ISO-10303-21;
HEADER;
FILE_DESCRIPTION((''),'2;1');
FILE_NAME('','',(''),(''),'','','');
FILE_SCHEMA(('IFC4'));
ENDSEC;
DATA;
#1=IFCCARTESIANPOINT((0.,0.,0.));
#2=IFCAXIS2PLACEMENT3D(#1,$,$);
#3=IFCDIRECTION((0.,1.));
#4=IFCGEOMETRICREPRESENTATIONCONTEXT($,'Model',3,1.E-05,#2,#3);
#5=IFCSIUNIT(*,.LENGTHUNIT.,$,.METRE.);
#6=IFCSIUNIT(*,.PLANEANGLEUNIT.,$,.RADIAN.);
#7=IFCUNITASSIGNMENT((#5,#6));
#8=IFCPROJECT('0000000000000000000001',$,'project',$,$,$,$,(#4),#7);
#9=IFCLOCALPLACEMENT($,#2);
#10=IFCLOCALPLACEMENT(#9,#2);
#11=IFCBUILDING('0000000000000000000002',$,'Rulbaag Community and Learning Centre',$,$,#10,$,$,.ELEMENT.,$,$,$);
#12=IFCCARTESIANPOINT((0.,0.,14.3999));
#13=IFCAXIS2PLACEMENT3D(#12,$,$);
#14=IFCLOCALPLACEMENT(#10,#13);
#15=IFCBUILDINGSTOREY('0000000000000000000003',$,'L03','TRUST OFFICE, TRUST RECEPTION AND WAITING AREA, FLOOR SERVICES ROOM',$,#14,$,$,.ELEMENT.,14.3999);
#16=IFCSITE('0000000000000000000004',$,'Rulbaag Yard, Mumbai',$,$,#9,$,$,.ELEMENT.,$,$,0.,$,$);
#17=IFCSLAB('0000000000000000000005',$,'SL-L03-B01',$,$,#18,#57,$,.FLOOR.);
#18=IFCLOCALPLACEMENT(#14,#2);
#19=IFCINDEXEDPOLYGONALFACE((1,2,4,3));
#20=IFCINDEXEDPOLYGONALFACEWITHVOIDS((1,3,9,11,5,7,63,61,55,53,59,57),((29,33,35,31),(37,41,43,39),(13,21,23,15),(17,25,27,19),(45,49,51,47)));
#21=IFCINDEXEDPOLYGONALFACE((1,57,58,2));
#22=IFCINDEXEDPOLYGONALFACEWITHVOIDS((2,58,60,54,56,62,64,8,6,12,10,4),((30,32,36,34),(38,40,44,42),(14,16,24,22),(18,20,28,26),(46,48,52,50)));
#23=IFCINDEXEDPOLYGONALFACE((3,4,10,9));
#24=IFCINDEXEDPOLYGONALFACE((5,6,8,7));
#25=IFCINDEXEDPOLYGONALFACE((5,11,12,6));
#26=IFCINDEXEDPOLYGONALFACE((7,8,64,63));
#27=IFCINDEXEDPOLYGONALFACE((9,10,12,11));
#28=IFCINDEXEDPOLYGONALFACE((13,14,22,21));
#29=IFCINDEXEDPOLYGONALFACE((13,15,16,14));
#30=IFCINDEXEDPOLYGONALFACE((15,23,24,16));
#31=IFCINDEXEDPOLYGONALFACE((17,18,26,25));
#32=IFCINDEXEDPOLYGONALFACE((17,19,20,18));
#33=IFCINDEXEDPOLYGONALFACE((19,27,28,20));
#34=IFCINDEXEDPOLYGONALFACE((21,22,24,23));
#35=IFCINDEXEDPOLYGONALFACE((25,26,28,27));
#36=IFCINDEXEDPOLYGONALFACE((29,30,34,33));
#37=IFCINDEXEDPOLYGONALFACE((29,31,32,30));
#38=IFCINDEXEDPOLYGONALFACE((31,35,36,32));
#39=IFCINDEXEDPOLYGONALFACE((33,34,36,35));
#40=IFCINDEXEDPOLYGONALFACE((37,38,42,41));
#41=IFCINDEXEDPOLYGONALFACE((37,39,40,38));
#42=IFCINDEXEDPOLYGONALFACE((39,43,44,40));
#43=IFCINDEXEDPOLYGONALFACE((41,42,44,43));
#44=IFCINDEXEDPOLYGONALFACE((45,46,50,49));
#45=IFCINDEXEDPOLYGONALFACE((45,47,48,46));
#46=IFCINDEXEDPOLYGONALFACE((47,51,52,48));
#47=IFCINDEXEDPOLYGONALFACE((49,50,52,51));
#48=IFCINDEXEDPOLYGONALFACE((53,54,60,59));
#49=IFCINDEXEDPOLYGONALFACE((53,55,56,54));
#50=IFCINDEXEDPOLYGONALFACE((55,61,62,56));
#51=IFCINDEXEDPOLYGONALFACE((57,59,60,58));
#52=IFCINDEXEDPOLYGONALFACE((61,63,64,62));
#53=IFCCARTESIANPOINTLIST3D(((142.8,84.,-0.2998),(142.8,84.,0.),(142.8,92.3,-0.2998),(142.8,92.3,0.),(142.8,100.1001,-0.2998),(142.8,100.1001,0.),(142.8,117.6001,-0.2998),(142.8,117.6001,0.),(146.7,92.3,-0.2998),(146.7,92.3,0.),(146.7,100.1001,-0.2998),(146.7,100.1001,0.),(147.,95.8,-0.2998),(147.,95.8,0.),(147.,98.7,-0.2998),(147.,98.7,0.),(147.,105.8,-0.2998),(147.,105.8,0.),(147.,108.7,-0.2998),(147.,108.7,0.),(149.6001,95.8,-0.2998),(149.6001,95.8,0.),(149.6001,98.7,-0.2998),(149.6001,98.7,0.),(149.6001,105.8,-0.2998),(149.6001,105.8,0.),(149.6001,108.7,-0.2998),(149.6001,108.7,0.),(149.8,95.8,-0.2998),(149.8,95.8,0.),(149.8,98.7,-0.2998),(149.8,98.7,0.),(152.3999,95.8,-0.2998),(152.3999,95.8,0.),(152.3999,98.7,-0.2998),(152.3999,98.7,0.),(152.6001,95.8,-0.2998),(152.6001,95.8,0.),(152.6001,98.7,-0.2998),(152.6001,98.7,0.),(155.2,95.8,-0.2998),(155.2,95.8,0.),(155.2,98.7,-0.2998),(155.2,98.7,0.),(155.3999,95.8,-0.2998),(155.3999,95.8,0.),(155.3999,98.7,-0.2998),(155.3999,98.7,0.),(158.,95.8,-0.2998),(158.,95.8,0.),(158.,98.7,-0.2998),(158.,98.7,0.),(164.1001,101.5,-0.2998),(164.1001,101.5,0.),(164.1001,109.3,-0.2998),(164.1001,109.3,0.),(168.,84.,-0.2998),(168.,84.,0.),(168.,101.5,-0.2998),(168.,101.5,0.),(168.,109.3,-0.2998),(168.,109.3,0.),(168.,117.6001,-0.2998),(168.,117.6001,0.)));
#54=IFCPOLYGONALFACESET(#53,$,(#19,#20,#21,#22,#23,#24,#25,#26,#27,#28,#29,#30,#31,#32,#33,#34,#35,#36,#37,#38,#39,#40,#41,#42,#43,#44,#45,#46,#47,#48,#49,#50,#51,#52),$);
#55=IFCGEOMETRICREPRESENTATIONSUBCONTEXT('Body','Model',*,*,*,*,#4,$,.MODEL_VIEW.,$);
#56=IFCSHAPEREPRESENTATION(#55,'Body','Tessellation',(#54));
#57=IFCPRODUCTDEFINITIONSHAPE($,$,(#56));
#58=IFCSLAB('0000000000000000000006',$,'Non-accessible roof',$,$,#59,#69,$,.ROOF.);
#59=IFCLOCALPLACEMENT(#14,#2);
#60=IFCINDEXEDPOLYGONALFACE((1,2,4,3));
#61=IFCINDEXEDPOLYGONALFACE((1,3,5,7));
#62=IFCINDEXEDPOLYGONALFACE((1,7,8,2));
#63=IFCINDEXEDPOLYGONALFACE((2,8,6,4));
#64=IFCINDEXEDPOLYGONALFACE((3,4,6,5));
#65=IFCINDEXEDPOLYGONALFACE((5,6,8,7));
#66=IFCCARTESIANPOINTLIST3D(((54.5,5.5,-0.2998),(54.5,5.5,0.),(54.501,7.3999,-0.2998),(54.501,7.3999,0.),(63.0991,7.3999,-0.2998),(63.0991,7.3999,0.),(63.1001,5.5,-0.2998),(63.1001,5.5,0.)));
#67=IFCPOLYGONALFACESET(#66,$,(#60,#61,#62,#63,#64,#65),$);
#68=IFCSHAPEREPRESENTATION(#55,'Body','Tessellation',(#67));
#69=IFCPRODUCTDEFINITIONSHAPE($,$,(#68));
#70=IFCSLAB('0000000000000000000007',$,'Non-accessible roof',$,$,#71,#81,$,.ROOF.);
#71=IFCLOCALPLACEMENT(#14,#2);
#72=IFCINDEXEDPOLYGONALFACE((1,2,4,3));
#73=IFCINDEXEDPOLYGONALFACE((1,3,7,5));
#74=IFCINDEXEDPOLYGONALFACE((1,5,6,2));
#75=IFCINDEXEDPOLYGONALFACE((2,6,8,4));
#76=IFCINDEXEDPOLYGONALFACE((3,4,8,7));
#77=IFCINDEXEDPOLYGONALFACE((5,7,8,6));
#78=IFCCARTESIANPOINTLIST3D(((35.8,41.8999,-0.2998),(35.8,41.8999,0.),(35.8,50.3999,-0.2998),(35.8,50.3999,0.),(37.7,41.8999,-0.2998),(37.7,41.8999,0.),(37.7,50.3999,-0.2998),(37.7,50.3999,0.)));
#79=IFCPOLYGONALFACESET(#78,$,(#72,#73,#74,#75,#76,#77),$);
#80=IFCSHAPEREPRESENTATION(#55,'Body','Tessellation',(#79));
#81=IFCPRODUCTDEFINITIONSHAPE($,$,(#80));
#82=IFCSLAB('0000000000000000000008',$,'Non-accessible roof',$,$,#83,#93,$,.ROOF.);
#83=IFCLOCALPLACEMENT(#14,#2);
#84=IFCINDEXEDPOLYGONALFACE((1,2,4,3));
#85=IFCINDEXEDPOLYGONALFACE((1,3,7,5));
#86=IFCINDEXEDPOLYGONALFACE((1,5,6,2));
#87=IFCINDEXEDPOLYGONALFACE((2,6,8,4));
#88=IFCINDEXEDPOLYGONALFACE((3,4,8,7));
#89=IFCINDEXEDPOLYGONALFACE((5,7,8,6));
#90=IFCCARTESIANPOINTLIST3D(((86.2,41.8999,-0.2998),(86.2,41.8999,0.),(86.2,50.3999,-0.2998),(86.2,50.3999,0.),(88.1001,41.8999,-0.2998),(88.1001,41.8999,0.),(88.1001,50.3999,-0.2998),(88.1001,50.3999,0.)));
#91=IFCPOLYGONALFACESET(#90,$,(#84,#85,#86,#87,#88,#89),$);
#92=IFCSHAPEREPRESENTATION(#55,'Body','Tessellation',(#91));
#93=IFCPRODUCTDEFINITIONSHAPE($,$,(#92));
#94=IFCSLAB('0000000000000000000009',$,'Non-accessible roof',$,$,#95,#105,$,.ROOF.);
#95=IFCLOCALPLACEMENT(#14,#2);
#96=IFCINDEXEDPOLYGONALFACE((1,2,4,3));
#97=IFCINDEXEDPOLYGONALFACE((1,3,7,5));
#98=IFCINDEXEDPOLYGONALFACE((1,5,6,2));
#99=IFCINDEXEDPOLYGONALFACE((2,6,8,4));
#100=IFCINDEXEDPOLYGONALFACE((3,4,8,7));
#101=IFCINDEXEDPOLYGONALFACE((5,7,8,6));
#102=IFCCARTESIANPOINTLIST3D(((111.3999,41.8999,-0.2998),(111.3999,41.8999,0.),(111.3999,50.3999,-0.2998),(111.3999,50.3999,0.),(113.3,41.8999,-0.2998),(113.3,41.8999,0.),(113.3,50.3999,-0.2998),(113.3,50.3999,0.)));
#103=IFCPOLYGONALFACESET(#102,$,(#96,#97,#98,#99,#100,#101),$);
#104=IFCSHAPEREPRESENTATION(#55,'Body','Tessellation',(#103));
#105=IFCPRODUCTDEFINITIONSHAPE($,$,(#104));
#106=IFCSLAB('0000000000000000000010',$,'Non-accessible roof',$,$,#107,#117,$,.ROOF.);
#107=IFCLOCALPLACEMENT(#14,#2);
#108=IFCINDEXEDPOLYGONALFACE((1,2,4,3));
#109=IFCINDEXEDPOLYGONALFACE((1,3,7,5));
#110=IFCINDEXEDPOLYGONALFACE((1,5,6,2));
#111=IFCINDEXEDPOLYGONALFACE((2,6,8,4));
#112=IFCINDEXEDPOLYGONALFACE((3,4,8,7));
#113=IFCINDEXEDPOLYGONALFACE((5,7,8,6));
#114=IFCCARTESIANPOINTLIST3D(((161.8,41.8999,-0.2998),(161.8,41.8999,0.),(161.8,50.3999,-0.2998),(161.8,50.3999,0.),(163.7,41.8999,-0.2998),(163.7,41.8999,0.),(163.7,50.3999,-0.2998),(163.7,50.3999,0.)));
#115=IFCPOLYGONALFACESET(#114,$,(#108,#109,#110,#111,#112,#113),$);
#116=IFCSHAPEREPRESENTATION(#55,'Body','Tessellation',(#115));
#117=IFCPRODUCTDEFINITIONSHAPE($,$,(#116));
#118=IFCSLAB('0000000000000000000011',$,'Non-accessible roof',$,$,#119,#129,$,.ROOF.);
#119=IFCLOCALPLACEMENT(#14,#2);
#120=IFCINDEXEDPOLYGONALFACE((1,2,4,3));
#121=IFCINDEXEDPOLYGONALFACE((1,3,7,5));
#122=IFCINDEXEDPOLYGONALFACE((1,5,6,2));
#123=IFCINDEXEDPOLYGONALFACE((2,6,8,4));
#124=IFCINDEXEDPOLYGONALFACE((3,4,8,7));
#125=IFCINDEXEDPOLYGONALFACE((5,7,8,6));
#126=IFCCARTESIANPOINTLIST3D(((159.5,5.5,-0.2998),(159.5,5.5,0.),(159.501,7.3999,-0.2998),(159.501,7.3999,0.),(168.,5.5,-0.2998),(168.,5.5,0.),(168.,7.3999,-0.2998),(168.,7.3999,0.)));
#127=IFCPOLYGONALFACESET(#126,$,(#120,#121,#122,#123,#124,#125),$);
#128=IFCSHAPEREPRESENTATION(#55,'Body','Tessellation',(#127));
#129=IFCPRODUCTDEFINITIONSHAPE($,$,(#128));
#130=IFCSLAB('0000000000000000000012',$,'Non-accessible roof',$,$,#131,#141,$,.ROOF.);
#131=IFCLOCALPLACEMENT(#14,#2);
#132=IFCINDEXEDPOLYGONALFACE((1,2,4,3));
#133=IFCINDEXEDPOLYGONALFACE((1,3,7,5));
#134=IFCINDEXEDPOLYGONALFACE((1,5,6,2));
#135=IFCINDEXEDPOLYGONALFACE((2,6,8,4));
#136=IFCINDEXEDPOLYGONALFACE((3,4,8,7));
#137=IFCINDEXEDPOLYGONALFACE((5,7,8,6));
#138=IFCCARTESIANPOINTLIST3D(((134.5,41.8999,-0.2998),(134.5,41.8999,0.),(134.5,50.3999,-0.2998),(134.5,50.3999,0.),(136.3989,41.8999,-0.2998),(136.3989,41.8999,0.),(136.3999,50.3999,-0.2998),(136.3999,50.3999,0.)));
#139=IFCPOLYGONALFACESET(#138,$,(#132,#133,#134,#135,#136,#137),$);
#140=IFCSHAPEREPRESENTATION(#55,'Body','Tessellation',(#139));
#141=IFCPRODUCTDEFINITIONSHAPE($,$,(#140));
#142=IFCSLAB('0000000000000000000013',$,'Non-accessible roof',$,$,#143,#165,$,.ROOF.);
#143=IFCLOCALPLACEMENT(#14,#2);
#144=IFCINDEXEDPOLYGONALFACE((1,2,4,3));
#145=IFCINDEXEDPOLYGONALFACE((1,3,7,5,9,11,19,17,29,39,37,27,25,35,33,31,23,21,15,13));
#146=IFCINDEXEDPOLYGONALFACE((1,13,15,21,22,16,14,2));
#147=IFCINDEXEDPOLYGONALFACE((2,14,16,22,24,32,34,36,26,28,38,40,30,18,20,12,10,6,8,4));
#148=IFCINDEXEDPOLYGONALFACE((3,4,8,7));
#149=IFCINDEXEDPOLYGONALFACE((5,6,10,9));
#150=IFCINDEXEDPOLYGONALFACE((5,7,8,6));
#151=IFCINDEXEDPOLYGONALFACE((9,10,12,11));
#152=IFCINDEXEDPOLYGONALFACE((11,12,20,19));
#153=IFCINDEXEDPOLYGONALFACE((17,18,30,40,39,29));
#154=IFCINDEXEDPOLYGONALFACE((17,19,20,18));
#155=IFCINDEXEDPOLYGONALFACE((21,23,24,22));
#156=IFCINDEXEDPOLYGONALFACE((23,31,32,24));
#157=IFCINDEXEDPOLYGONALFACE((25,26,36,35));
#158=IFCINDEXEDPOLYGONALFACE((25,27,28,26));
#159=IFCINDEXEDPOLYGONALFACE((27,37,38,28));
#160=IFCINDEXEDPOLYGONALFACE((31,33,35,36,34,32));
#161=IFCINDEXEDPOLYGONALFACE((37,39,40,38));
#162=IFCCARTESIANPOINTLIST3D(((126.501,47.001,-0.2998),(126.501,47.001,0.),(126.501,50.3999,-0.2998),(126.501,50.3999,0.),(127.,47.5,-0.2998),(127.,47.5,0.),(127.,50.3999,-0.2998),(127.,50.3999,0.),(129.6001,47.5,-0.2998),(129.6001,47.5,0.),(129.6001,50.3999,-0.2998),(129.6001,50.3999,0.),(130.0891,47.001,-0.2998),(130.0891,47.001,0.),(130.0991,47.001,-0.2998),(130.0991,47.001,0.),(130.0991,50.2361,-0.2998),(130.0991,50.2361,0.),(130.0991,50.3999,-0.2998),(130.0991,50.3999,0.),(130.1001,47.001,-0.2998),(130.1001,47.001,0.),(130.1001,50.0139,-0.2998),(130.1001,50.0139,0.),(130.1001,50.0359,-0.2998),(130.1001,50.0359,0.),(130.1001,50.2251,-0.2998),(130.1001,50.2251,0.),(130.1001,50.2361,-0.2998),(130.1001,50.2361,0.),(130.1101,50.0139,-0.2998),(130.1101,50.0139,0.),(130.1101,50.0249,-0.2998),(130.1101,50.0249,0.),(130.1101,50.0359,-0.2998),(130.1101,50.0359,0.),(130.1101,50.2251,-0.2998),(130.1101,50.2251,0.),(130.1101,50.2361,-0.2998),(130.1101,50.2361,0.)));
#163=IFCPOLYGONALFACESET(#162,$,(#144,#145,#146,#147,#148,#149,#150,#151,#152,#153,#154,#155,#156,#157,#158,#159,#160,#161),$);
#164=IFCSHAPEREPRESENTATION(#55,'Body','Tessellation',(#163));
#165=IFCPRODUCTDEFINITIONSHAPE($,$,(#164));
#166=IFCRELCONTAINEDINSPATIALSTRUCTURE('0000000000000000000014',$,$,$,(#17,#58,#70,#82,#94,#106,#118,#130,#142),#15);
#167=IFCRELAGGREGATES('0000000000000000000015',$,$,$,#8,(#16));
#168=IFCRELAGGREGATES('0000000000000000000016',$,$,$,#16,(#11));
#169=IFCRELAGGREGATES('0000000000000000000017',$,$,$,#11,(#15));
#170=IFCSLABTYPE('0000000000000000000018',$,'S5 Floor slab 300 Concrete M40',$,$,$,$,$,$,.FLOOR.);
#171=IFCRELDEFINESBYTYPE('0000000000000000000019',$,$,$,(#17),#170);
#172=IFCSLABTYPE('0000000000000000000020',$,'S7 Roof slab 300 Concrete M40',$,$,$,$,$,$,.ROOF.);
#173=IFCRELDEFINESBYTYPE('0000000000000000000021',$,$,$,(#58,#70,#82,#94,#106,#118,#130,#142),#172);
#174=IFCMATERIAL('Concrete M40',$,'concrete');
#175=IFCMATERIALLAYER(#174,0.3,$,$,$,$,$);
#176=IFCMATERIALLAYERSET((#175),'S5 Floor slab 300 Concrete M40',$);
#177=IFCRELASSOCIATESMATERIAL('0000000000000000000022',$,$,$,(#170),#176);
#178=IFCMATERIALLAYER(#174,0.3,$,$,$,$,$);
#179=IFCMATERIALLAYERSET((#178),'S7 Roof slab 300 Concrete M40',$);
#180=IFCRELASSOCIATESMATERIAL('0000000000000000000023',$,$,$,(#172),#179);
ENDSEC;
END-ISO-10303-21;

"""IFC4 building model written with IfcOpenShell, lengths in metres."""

from ifc_helpers import new_model, si_unit, direction, frame, origin, place, context, subcontext, project, spatial, polyline, outline, extrude, material, layer, layer_set, type_object, element, save


model = new_model("IFC4")

# Units and contexts
model_context = context("Model", 3, precision=1e-05, world=origin(), true_north=direction((0.0, 1.0)))
body_context = subcontext(model_context, "Body", "Model", "MODEL_VIEW")
ifc_project = project(units=[si_unit("LENGTHUNIT", "METRE"), si_unit("PLANEANGLEUNIT", "RADIAN")], contexts=[model_context])

# Site, building, storey
site_placement = place(None, origin())
site = spatial("IfcSite", under=ifc_project, at=site_placement, Name="Rulbaag Yard, Mumbai", CompositionType="ELEMENT", RefElevation=0.0)
building_placement = place(site_placement, origin())
building = spatial("IfcBuilding", under=site, at=building_placement, Name="Rulbaag Community and Learning Centre", CompositionType="ELEMENT")
storey_placement = place(building_placement, frame((0.0, 0.0, 14.3999)))
storey = spatial("IfcBuildingStorey", under=building, at=storey_placement, Name="L03", Description="TRUST OFFICE, TRUST RECEPTION AND WAITING AREA, FLOOR SERVICES ROOM", CompositionType="ELEMENT", Elevation=14.3999)

# Shared definitions
ifc_material_1 = material(Name="Concrete M40", Category="concrete")

# Slabs
ifc_layer_1 = layer(ifc_material_1, 0.3)
ifc_layer_set_1 = layer_set([ifc_layer_1], Name="S5 Floor slab 300 Concrete M40")
slab_type_1 = type_object("IfcSlabType", Name="S5 Floor slab 300 Concrete M40", PredefinedType="FLOOR", material=ifc_layer_set_1)
slab_1_placement = place(storey_placement, frame((0.0, 0.0, -0.2998)))
element("IfcSlab", 1, at=slab_1_placement, inside=storey, type_object=slab_type_1, Name="SL-L03-B01", PredefinedType="FLOOR", context=body_context, shape_type="SweptSolid", body=[
    extrude(outline(polyline([(142.8, 84.0), (142.8, 92.3), (146.7, 92.3), (146.7, 100.1001), (142.8, 100.1001), (142.8, 117.6001), (168.0, 117.6001), (168.0, 109.3), (164.1001, 109.3), (164.1001, 101.5), (168.0, 101.5), (168.0, 84.0), (142.8, 84.0)]), holes=[polyline([(149.6001, 98.7), (147.0, 98.7), (147.0, 95.8), (149.6001, 95.8), (149.6001, 98.7)]), polyline([(152.3999, 98.7), (149.8, 98.7), (149.8, 95.8), (152.3999, 95.8), (152.3999, 98.7)]), polyline([(155.2, 98.7), (152.6001, 98.7), (152.6001, 95.8), (155.2, 95.8), (155.2, 98.7)]), polyline([(158.0, 98.7), (155.3999, 98.7), (155.3999, 95.8), (158.0, 95.8), (158.0, 98.7)]), polyline([(149.6001, 108.7), (147.0, 108.7), (147.0, 105.8), (149.6001, 105.8), (149.6001, 108.7)])]), origin(), (0.0, 0.0, 1.0), 0.2998),
])
ifc_layer_2 = layer(ifc_material_1, 0.3)
ifc_layer_set_2 = layer_set([ifc_layer_2], Name="S7 Roof slab 300 Concrete M40")
slab_type_2 = type_object("IfcSlabType", Name="S7 Roof slab 300 Concrete M40", PredefinedType="ROOF", material=ifc_layer_set_2)
slab_2_placement = place(storey_placement, frame((0.0, 0.0, -0.2998)))
element("IfcSlab", 2, at=slab_2_placement, inside=storey, type_object=slab_type_2, Name="Non-accessible roof", PredefinedType="ROOF", context=body_context, shape_type="SweptSolid", body=[
    extrude(outline(polyline([(54.5, 5.5), (54.501, 7.3999), (63.0991, 7.3999), (63.1001, 5.5), (54.5, 5.5)])), origin(), (0.0, 0.0, 1.0), 0.2998),
])
slab_3_placement = place(storey_placement, frame((0.0, 0.0, -0.2998)))
element("IfcSlab", 3, at=slab_3_placement, inside=storey, type_object=slab_type_2, Name="Non-accessible roof", PredefinedType="ROOF", context=body_context, shape_type="SweptSolid", body=[
    extrude(outline(polyline([(37.7, 50.3999), (37.7, 41.8999), (35.8, 41.8999), (35.8, 50.3999), (37.7, 50.3999)])), origin(), (0.0, 0.0, 1.0), 0.2998),
])
slab_4_placement = place(storey_placement, frame((0.0, 0.0, -0.2998)))
element("IfcSlab", 4, at=slab_4_placement, inside=storey, type_object=slab_type_2, Name="Non-accessible roof", PredefinedType="ROOF", context=body_context, shape_type="SweptSolid", body=[
    extrude(outline(polyline([(88.1001, 50.3999), (88.1001, 41.8999), (86.2, 41.8999), (86.2, 50.3999), (88.1001, 50.3999)])), origin(), (0.0, 0.0, 1.0), 0.2998),
])
slab_5_placement = place(storey_placement, frame((0.0, 0.0, -0.2998)))
element("IfcSlab", 5, at=slab_5_placement, inside=storey, type_object=slab_type_2, Name="Non-accessible roof", PredefinedType="ROOF", context=body_context, shape_type="SweptSolid", body=[
    extrude(outline(polyline([(113.3, 50.3999), (113.3, 41.8999), (111.3999, 41.8999), (111.3999, 50.3999), (113.3, 50.3999)])), origin(), (0.0, 0.0, 1.0), 0.2998),
])
slab_6_placement = place(storey_placement, frame((0.0, 0.0, -0.2998)))
element("IfcSlab", 6, at=slab_6_placement, inside=storey, type_object=slab_type_2, Name="Non-accessible roof", PredefinedType="ROOF", context=body_context, shape_type="SweptSolid", body=[
    extrude(outline(polyline([(163.7, 50.3999), (163.7, 41.8999), (161.8, 41.8999), (161.8, 50.3999), (163.7, 50.3999)])), origin(), (0.0, 0.0, 1.0), 0.2998),
])
slab_7_placement = place(storey_placement, frame((0.0, 0.0, -0.2998)))
element("IfcSlab", 7, at=slab_7_placement, inside=storey, type_object=slab_type_2, Name="Non-accessible roof", PredefinedType="ROOF", context=body_context, shape_type="SweptSolid", body=[
    extrude(outline(polyline([(168.0, 5.5), (159.5, 5.5), (159.501, 7.3999), (168.0, 7.3999), (168.0, 5.5)])), origin(), (0.0, 0.0, 1.0), 0.2998),
])
slab_8_placement = place(storey_placement, frame((0.0, 0.0, -0.2998)))
element("IfcSlab", 8, at=slab_8_placement, inside=storey, type_object=slab_type_2, Name="Non-accessible roof", PredefinedType="ROOF", context=body_context, shape_type="SweptSolid", body=[
    extrude(outline(polyline([(134.5, 50.3999), (136.3999, 50.3999), (136.3989, 41.8999), (134.5, 41.8999), (134.5, 50.3999)])), origin(), (0.0, 0.0, 1.0), 0.2998),
])
slab_9_placement = place(storey_placement, frame((0.0, 0.0, -0.2998)))
element("IfcSlab", 9, at=slab_9_placement, inside=storey, type_object=slab_type_2, Name="Non-accessible roof", PredefinedType="ROOF", context=body_context, shape_type="SweptSolid", body=[
    extrude(outline(polyline([(130.1101, 50.0359), (130.1101, 50.0249), (130.1101, 50.0139), (130.1001, 50.0139), (130.1001, 47.001), (130.0991, 47.001), (130.0891, 47.001), (126.501, 47.001), (126.501, 50.3999), (127.0, 50.3999), (127.0, 47.5), (129.6001, 47.5), (129.6001, 50.3999), (130.0991, 50.3999), (130.0991, 50.2361), (130.1001, 50.2361), (130.1101, 50.2361), (130.1101, 50.2251), (130.1001, 50.2251), (130.1001, 50.0359), (130.1101, 50.0359)])), origin(), (0.0, 0.0, 1.0), 0.2998),
])

save(model, "model.ifc")
